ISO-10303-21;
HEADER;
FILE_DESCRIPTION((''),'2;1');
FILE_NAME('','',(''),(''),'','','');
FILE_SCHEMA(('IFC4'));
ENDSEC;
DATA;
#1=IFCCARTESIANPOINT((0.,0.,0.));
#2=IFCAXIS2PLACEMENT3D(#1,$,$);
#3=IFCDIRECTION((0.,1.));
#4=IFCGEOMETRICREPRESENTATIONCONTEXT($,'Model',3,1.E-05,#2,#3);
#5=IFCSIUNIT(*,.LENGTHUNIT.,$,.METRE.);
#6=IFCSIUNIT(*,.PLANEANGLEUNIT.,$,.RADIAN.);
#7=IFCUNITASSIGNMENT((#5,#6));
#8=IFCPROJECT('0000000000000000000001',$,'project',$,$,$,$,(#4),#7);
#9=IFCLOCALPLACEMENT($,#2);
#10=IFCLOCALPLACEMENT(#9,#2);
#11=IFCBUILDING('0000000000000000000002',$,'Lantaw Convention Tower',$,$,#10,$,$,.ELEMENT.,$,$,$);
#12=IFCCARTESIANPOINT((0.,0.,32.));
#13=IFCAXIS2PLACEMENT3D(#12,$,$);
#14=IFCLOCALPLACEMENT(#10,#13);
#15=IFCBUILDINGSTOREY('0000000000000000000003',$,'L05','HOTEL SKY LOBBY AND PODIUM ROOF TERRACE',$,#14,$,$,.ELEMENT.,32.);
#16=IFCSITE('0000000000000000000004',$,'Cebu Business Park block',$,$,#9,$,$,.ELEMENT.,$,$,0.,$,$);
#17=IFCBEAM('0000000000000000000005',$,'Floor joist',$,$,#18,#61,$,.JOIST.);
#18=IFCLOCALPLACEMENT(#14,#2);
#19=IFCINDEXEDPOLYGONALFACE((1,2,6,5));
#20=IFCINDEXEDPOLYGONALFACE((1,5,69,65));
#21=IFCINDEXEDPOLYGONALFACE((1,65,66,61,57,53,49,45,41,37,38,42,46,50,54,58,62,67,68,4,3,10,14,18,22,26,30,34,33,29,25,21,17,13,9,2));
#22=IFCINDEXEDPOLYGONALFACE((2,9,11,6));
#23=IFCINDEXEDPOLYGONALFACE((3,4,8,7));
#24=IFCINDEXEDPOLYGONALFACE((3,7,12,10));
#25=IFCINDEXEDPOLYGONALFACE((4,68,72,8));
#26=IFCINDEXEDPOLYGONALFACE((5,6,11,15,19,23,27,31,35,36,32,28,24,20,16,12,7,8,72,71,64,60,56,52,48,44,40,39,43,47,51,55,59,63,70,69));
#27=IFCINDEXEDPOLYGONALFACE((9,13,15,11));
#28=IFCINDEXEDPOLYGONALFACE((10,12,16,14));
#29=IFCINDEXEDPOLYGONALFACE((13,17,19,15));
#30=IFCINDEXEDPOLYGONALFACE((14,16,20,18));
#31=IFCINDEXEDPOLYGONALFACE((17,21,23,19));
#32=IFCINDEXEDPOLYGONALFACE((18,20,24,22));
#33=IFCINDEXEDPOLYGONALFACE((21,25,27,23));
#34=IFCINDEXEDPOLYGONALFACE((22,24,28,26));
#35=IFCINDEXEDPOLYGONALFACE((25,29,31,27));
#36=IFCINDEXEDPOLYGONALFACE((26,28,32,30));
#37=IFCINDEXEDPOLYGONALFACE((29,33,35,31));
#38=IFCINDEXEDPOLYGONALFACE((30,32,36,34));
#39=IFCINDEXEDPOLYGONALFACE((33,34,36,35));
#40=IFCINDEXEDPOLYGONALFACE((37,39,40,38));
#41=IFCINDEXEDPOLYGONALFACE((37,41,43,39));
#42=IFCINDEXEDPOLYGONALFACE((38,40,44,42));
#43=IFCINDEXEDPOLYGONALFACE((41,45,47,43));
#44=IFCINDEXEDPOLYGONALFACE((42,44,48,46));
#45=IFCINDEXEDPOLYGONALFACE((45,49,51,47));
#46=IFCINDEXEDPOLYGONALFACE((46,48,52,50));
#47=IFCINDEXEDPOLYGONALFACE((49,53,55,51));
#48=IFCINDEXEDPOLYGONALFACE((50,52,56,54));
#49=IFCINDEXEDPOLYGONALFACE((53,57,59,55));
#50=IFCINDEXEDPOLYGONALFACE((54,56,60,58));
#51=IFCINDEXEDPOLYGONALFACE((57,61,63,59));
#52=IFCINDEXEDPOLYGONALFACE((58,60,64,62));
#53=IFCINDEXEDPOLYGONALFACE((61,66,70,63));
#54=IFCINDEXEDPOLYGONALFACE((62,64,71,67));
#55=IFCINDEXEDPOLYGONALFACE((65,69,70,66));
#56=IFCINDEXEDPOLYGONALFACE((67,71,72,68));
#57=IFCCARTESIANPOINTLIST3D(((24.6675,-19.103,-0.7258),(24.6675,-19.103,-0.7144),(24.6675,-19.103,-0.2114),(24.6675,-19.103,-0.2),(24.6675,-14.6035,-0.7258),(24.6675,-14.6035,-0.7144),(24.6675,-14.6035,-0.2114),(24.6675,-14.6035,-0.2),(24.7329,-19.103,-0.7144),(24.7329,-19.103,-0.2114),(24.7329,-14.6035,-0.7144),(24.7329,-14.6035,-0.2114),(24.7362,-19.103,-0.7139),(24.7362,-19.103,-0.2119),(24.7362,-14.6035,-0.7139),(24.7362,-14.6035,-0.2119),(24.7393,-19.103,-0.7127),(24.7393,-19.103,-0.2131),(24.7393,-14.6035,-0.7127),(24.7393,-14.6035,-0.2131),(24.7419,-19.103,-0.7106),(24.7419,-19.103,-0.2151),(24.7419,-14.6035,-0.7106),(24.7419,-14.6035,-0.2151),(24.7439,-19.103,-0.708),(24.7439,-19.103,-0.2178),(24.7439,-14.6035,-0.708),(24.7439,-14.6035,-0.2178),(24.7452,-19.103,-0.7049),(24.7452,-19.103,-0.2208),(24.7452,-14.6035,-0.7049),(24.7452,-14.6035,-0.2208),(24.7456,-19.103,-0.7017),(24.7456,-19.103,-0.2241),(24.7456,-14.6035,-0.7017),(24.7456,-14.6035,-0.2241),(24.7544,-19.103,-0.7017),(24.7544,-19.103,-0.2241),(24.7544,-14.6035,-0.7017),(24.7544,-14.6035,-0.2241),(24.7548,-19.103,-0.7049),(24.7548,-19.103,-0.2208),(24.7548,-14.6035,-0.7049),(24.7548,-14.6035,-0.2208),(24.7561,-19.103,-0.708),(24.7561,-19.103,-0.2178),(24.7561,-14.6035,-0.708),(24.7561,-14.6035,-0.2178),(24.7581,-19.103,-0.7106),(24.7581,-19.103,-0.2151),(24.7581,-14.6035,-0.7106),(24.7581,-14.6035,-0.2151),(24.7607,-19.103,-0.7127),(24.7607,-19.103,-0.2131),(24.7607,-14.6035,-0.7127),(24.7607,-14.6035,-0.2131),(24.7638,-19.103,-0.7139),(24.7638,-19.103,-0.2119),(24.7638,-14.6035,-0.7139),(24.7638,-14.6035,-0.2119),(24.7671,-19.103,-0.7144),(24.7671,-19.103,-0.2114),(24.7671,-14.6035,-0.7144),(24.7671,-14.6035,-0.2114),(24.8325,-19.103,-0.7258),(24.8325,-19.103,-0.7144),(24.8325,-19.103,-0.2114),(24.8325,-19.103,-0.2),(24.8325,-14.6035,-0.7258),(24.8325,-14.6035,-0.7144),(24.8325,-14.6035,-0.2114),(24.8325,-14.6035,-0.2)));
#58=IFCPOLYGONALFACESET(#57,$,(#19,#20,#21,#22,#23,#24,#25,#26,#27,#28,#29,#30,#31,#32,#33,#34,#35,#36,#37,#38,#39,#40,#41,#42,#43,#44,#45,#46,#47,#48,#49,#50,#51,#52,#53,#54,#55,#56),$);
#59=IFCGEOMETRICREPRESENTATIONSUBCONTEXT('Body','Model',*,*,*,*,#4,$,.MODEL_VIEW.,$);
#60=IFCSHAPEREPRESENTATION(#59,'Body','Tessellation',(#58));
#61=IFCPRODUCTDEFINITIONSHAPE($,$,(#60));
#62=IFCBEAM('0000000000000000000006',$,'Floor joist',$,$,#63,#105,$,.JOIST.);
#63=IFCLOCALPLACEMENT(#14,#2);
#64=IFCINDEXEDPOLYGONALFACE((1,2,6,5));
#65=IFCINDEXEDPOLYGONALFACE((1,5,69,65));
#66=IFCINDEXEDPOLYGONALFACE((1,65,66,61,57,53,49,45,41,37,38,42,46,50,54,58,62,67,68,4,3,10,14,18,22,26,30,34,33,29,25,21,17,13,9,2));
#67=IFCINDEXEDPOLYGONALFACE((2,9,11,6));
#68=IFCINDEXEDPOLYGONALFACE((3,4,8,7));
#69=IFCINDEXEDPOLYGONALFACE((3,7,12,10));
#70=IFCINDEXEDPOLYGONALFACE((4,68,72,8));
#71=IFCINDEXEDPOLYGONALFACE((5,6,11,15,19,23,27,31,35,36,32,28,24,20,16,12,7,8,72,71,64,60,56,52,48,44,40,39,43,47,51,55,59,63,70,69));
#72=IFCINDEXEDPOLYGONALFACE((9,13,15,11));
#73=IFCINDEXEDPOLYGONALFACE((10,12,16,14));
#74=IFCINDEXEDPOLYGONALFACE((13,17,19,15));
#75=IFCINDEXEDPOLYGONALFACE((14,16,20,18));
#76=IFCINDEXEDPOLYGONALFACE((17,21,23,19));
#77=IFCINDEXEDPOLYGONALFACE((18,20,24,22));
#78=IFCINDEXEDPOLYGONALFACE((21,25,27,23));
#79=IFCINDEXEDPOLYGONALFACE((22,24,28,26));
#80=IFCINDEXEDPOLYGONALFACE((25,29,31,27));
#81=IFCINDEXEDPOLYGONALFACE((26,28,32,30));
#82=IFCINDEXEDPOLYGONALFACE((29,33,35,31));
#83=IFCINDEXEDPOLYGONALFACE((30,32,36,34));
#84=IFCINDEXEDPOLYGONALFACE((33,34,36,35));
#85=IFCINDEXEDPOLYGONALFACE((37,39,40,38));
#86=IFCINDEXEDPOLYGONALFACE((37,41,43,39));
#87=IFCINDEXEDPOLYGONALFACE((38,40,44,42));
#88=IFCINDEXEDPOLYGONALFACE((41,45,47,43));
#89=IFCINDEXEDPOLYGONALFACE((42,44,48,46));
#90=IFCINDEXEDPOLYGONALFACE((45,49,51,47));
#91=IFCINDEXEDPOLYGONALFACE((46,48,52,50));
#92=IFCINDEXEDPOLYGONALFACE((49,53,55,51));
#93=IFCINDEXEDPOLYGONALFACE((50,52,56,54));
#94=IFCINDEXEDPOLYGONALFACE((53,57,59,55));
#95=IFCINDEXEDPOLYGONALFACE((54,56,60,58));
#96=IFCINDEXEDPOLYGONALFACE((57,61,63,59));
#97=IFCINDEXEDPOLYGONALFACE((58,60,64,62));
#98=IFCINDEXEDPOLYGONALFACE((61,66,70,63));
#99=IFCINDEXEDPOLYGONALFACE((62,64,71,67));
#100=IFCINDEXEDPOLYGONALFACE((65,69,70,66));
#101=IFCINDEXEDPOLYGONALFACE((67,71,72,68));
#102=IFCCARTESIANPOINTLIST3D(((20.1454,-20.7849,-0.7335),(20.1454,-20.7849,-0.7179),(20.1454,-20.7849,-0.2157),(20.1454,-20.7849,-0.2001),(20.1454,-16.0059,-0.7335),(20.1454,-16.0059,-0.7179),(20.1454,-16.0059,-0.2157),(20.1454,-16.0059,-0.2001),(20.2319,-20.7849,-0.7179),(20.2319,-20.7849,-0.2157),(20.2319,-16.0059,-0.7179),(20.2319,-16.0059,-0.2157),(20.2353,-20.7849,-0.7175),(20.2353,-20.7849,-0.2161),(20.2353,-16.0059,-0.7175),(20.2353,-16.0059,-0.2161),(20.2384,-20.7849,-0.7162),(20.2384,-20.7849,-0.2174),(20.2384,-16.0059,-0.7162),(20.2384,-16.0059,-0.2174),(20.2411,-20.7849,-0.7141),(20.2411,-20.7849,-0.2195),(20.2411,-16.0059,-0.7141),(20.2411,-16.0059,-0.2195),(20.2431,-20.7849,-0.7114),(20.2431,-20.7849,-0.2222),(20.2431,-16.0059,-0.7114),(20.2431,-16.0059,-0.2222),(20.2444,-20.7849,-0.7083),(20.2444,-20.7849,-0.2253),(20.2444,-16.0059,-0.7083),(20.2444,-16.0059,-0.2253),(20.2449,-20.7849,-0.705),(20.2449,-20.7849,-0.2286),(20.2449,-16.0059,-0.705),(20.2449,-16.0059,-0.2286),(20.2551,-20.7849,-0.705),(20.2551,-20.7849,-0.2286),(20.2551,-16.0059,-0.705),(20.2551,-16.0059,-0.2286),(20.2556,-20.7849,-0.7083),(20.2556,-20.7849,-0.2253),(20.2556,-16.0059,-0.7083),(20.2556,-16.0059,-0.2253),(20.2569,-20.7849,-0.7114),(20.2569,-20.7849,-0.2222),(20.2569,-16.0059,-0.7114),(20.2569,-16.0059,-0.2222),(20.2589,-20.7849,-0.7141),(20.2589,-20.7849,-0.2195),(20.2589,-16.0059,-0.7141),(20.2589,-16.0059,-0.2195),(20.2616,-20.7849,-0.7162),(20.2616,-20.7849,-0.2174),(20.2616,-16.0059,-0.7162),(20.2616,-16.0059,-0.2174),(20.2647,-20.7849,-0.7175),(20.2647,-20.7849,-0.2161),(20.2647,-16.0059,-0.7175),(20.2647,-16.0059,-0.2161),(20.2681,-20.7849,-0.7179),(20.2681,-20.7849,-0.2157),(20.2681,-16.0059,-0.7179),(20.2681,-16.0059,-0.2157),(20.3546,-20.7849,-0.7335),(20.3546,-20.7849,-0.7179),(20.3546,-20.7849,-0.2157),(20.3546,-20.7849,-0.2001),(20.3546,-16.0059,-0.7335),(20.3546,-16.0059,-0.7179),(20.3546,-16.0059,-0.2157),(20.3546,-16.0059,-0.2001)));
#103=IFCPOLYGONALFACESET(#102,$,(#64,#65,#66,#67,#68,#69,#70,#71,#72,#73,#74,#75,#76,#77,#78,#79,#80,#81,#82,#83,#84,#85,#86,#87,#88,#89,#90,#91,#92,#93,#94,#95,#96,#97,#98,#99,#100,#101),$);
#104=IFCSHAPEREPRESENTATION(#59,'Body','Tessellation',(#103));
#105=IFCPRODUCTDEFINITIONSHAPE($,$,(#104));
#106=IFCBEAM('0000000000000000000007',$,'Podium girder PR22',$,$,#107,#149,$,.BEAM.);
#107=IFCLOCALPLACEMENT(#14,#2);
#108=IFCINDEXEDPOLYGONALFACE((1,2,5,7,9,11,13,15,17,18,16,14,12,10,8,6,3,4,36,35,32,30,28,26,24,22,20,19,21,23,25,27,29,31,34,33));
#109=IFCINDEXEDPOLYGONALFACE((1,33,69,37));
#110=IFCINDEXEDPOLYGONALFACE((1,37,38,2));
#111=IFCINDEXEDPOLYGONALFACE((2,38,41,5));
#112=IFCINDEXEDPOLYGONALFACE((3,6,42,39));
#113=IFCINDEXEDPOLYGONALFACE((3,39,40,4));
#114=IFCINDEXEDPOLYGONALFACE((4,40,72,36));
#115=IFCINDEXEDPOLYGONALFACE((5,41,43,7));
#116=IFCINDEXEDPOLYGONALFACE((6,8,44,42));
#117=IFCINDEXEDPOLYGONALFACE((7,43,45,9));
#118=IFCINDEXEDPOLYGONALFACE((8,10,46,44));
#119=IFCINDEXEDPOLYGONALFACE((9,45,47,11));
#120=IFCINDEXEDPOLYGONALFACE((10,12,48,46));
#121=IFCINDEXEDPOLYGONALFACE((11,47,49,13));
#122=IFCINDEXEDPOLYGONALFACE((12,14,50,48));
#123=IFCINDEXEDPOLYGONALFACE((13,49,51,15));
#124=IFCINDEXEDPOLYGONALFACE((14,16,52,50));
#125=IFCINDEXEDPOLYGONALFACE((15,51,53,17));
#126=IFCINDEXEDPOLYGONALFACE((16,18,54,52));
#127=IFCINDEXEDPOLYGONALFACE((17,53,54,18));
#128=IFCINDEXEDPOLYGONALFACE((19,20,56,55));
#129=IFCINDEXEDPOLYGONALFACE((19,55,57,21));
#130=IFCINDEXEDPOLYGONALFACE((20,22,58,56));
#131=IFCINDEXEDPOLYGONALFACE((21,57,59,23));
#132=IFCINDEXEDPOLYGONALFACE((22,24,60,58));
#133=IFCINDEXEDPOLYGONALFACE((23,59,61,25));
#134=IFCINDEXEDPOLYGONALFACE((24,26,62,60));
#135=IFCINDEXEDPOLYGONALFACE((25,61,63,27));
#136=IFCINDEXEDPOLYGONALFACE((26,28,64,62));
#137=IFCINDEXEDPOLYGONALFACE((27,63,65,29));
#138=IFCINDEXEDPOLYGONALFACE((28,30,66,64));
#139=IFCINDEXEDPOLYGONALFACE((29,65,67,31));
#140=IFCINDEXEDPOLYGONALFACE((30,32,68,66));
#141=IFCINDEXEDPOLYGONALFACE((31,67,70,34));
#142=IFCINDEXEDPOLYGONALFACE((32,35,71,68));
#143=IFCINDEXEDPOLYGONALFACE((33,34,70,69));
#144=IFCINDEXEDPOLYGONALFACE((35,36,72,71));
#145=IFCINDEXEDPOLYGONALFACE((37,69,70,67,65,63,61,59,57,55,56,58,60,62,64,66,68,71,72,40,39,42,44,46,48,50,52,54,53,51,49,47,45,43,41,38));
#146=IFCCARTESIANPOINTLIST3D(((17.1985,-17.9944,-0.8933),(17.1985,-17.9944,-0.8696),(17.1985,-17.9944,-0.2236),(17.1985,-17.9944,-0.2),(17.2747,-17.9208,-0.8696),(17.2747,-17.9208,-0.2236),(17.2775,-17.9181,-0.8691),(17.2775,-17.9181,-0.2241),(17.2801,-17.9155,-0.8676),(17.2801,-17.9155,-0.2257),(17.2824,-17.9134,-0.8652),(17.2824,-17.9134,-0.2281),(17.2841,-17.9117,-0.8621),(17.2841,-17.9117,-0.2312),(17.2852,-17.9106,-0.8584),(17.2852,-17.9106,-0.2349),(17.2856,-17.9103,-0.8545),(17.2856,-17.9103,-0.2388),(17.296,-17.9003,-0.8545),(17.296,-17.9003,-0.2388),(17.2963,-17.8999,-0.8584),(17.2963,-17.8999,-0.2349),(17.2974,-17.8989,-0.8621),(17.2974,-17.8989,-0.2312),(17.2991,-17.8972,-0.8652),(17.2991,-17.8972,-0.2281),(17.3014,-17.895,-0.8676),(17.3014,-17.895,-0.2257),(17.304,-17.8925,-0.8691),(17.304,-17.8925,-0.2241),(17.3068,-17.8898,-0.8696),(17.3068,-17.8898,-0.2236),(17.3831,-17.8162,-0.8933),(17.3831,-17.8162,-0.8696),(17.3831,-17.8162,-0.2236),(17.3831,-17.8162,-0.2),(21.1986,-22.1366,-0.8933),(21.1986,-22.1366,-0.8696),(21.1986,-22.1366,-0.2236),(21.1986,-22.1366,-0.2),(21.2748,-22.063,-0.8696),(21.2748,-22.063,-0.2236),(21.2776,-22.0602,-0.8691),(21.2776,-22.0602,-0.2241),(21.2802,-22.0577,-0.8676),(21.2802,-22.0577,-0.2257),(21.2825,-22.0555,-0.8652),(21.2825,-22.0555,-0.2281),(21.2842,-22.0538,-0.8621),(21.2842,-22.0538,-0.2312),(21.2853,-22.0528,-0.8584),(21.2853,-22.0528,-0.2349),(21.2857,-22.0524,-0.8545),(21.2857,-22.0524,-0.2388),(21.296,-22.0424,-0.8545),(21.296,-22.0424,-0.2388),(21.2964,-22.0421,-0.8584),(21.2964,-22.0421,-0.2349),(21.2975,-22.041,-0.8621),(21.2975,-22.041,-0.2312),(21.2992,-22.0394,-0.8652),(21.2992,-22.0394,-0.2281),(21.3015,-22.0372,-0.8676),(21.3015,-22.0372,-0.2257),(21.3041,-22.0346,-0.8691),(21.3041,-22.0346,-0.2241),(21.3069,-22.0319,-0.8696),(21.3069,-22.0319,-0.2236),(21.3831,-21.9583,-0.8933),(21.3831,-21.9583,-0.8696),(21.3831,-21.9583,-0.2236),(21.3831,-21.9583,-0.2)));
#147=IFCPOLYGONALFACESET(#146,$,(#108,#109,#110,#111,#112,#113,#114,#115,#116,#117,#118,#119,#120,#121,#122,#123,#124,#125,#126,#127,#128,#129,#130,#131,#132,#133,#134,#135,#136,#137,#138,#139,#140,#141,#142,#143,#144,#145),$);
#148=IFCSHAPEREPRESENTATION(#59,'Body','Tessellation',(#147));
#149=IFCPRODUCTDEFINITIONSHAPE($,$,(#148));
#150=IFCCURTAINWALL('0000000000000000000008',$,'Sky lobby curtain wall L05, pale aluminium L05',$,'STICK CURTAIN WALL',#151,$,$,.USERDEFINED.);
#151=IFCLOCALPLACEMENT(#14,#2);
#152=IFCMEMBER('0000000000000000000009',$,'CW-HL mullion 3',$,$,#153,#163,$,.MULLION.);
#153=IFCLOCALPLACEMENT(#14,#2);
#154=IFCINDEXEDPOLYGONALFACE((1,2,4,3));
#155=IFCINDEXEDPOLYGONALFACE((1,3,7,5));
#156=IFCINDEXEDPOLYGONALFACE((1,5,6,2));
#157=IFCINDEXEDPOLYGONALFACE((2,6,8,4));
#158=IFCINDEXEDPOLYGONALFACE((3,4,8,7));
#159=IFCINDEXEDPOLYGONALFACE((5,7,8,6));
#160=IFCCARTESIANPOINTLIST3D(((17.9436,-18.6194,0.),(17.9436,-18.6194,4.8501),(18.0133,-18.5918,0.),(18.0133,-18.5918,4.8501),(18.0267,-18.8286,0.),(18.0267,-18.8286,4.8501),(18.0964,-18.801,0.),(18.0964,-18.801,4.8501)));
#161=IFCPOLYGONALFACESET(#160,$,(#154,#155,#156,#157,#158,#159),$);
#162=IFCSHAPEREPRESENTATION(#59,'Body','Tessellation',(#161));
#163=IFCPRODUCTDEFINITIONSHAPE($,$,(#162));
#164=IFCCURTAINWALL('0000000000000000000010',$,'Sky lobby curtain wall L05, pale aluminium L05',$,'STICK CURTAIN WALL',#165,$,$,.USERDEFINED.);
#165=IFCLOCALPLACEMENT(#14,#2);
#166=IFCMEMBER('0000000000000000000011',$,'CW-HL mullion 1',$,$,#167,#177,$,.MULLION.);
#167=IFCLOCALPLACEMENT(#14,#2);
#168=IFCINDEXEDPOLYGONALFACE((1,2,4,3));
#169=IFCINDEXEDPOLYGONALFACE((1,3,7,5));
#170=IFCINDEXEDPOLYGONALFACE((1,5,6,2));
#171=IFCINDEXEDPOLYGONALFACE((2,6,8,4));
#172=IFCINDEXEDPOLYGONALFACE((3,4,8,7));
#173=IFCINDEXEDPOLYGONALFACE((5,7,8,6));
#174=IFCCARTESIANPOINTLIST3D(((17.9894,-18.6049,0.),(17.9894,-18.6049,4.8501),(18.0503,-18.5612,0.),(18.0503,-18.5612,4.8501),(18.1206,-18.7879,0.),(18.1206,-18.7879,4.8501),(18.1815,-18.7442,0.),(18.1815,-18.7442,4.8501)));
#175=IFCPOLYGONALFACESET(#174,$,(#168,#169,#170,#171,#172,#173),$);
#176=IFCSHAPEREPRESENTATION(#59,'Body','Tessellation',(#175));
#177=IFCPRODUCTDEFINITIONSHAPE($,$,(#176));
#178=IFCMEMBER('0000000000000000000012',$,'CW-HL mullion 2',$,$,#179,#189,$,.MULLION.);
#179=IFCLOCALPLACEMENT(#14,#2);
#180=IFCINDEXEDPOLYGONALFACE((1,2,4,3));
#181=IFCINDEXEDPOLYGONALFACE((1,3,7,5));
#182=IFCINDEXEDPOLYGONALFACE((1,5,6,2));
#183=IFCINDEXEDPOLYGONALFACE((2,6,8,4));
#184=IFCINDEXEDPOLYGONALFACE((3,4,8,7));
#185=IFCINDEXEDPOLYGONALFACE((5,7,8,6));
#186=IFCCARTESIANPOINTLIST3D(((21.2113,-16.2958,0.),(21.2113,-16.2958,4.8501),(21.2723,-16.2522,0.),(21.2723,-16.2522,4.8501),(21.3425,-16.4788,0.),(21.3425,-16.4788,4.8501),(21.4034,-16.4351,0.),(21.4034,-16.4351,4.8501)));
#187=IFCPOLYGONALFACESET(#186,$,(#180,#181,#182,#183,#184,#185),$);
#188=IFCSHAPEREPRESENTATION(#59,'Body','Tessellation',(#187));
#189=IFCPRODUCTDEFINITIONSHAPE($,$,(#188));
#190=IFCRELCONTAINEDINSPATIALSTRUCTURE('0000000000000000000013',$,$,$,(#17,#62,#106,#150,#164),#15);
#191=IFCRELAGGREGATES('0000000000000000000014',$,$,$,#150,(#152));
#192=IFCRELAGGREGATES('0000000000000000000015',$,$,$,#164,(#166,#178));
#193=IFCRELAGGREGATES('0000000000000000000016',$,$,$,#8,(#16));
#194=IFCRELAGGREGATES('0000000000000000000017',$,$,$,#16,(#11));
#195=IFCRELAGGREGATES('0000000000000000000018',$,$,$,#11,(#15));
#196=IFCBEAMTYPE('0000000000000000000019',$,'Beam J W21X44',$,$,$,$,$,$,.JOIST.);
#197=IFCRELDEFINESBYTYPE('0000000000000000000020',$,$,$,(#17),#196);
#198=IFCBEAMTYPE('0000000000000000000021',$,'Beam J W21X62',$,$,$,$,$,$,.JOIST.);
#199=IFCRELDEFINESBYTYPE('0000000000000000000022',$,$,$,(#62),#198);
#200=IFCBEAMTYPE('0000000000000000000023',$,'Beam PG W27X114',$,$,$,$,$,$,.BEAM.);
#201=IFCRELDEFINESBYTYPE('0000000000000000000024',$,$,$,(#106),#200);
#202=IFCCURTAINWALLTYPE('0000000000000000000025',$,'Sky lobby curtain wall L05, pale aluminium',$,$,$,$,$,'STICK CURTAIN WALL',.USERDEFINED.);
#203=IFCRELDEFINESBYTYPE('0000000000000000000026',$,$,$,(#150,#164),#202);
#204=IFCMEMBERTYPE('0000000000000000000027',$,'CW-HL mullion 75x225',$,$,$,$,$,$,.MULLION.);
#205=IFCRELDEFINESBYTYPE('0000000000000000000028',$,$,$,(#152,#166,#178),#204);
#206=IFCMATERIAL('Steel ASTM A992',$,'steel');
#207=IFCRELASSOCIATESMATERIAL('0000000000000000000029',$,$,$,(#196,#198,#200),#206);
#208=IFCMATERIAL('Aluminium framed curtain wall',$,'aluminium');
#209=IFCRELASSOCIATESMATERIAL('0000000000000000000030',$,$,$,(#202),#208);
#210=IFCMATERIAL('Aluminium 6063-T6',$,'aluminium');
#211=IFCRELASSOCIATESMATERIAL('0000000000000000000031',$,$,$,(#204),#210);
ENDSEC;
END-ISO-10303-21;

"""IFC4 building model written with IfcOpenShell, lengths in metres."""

from ifc_helpers import new_model, si_unit, direction, frame, origin, origin_2d, place, context, subcontext, project, spatial, rectangle, i_section, extrude, material, material_profile, profile_set, type_object, element, aggregate, save


model = new_model("IFC4")

# Units and contexts
model_context = context("Model", 3, precision=1e-05, world=origin(), true_north=direction((0.0, 1.0)))
body_context = subcontext(model_context, "Body", "Model", "MODEL_VIEW")
ifc_project = project(units=[si_unit("LENGTHUNIT", "METRE"), si_unit("PLANEANGLEUNIT", "RADIAN")], contexts=[model_context])

# Site, building, storey
site_placement = place(None, origin())
site = spatial("IfcSite", under=ifc_project, at=site_placement, Name="Cebu Business Park block", CompositionType="ELEMENT", RefElevation=0.0)
building_placement = place(site_placement, origin())
building = spatial("IfcBuilding", under=site, at=building_placement, Name="Lantaw Convention Tower", CompositionType="ELEMENT")
storey_placement = place(building_placement, frame((0.0, 0.0, 32.0)))
storey = spatial("IfcBuildingStorey", under=building, at=storey_placement, Name="L05", Description="HOTEL SKY LOBBY AND PODIUM ROOF TERRACE", CompositionType="ELEMENT", Elevation=32.0)

# Beams
ifc_material_1 = material(Name="Steel ASTM A992", Category="steel")
ifc_material_profile_1 = material_profile(ifc_material_1, i_section(OverallWidth=0.165, OverallDepth=0.5259, WebThickness=0.0088, FlangeThickness=0.0115, FilletRadius=0.0127, at=origin_2d()), Name="W21X44")
ifc_profile_set_1 = profile_set([ifc_material_profile_1], Name="Steel ASTM A992")
beam_type_1 = type_object("IfcBeamType", Name="Beam J W21X44", PredefinedType="JOIST", material=ifc_profile_set_1)
beam_1_placement = place(storey_placement, frame((24.75, -19.103, -0.4629), z_axis=(0.0, 1.0, 0.0), x_axis=(-1.0, 0.0, 0.0)))
element("IfcBeam", 1, at=beam_1_placement, inside=storey, type_object=beam_type_1, Name="Floor joist", PredefinedType="JOIST", context=body_context, shape_type="SweptSolid", body=[
    extrude(i_section(OverallWidth=0.165, OverallDepth=0.5259, WebThickness=0.0088, FlangeThickness=0.0115, FilletRadius=0.0127, at=origin_2d()), origin(), (0.0, 0.0, 1.0), 4.4995),
])
ifc_material_profile_2 = material_profile(ifc_material_1, i_section(OverallWidth=0.2092, OverallDepth=0.5334, WebThickness=0.0103, FlangeThickness=0.0156, FilletRadius=0.0129, at=origin_2d()), Name="W21X62")
ifc_profile_set_2 = profile_set([ifc_material_profile_2], Name="Steel ASTM A992")
beam_type_2 = type_object("IfcBeamType", Name="Beam J W21X62", PredefinedType="JOIST", material=ifc_profile_set_2)
beam_2_placement = place(storey_placement, frame((20.25, -20.7849, -0.4668), z_axis=(0.0, 1.0, 0.0), x_axis=(-1.0, 0.0, 0.0)))
element("IfcBeam", 2, at=beam_2_placement, inside=storey, type_object=beam_type_2, Name="Floor joist", PredefinedType="JOIST", context=body_context, shape_type="SweptSolid", body=[
    extrude(i_section(OverallWidth=0.2092, OverallDepth=0.5334, WebThickness=0.0103, FlangeThickness=0.0156, FilletRadius=0.0129, at=origin_2d()), origin(), (0.0, 0.0, 1.0), 4.7791),
])
ifc_material_profile_3 = material_profile(ifc_material_1, i_section(OverallWidth=0.2566, OverallDepth=0.6934, WebThickness=0.0144, FlangeThickness=0.0237, FilletRadius=0.0151, at=origin_2d()), Name="W27X114")
ifc_profile_set_3 = profile_set([ifc_material_profile_3], Name="Steel ASTM A992")
beam_type_3 = type_object("IfcBeamType", Name="Beam PG W27X114", PredefinedType="BEAM", material=ifc_profile_set_3)
beam_3_placement = place(storey_placement, frame((17.2908, -17.9053, -0.5466), z_axis=(0.694661, -0.719337, 0.0), x_axis=(0.719337, 0.694661, 0.0)))
element("IfcBeam", 3, at=beam_3_placement, inside=storey, type_object=beam_type_3, Name="Podium girder PR22", PredefinedType="BEAM", context=body_context, shape_type="SweptSolid", body=[
    extrude(i_section(OverallWidth=0.2566, OverallDepth=0.6934, WebThickness=0.0144, FlangeThickness=0.0237, FilletRadius=0.0151, at=origin_2d()), origin(), (0.0, 0.0, 1.0), 5.7583),
])

# Curtain wall, member
ifc_material_2 = material(Name="Aluminium framed curtain wall", Category="aluminium")
curtain_wall_type = type_object("IfcCurtainWallType", Name="Sky lobby curtain wall L05, pale aluminium", ElementType="STICK CURTAIN WALL", PredefinedType="USERDEFINED", material=ifc_material_2)
curtain_wall_1_placement = place(storey_placement, origin())
curtain_wall_1 = element("IfcCurtainWall", 4, at=curtain_wall_1_placement, inside=storey, type_object=curtain_wall_type, Name="Sky lobby curtain wall L05, pale aluminium L05", ObjectType="STICK CURTAIN WALL", PredefinedType="USERDEFINED")
ifc_material_3 = material(Name="Aluminium 6063-T6", Category="aluminium")
ifc_material_profile_4 = material_profile(ifc_material_3, rectangle(XDim=0.2251, YDim=0.075, at=origin_2d()), Name="CW-HL mullion 75x225")
ifc_profile_set_4 = profile_set([ifc_material_profile_4], Name="Aluminium 6063-T6")
member_type_1 = type_object("IfcMemberType", Name="CW-HL mullion 75x225", PredefinedType="MULLION", material=ifc_profile_set_4)
member_1_placement = place(storey_placement, frame((18.02, -18.7102, 0.0), z_axis=(0.0, 0.0, 1.0), x_axis=(-0.369172, 0.929361, 0.0)))
member_1 = element("IfcMember", 5, at=member_1_placement, type_object=member_type_1, Name="CW-HL mullion 3", PredefinedType="MULLION", context=body_context, shape_type="SweptSolid", body=[
    extrude(rectangle(XDim=0.2251, YDim=0.075, at=origin_2d()), origin(), (0.0, 0.0, 1.0), 4.8501),
])

# Curtain wall, members
curtain_wall_2_placement = place(storey_placement, origin())
curtain_wall_2 = element("IfcCurtainWall", 6, at=curtain_wall_2_placement, inside=storey, type_object=curtain_wall_type, Name="Sky lobby curtain wall L05, pale aluminium L05", ObjectType="STICK CURTAIN WALL", PredefinedType="USERDEFINED")
member_2_placement = place(storey_placement, frame((18.0854, -18.6746, 0.0), z_axis=(0.0, 0.0, 1.0), x_axis=(-0.582538, 0.812804, 0.0)))
member_2 = element("IfcMember", 7, at=member_2_placement, type_object=member_type_1, Name="CW-HL mullion 1", PredefinedType="MULLION", context=body_context, shape_type="SweptSolid", body=[
    extrude(rectangle(XDim=0.2251, YDim=0.075, at=origin_2d()), origin(), (0.0, 0.0, 1.0), 4.8501),
])
member_3_placement = place(storey_placement, frame((21.3074, -16.3655, 0.0), z_axis=(0.0, 0.0, 1.0), x_axis=(-0.582538, 0.812804, 0.0)))
member_3 = element("IfcMember", 8, at=member_3_placement, type_object=member_type_1, Name="CW-HL mullion 2", PredefinedType="MULLION", context=body_context, shape_type="SweptSolid", body=[
    extrude(rectangle(XDim=0.2251, YDim=0.075, at=origin_2d()), origin(), (0.0, 0.0, 1.0), 4.8501),
])

aggregate(curtain_wall_1, [member_1])
aggregate(curtain_wall_2, [member_2, member_3])

save(model, "model.ifc")
